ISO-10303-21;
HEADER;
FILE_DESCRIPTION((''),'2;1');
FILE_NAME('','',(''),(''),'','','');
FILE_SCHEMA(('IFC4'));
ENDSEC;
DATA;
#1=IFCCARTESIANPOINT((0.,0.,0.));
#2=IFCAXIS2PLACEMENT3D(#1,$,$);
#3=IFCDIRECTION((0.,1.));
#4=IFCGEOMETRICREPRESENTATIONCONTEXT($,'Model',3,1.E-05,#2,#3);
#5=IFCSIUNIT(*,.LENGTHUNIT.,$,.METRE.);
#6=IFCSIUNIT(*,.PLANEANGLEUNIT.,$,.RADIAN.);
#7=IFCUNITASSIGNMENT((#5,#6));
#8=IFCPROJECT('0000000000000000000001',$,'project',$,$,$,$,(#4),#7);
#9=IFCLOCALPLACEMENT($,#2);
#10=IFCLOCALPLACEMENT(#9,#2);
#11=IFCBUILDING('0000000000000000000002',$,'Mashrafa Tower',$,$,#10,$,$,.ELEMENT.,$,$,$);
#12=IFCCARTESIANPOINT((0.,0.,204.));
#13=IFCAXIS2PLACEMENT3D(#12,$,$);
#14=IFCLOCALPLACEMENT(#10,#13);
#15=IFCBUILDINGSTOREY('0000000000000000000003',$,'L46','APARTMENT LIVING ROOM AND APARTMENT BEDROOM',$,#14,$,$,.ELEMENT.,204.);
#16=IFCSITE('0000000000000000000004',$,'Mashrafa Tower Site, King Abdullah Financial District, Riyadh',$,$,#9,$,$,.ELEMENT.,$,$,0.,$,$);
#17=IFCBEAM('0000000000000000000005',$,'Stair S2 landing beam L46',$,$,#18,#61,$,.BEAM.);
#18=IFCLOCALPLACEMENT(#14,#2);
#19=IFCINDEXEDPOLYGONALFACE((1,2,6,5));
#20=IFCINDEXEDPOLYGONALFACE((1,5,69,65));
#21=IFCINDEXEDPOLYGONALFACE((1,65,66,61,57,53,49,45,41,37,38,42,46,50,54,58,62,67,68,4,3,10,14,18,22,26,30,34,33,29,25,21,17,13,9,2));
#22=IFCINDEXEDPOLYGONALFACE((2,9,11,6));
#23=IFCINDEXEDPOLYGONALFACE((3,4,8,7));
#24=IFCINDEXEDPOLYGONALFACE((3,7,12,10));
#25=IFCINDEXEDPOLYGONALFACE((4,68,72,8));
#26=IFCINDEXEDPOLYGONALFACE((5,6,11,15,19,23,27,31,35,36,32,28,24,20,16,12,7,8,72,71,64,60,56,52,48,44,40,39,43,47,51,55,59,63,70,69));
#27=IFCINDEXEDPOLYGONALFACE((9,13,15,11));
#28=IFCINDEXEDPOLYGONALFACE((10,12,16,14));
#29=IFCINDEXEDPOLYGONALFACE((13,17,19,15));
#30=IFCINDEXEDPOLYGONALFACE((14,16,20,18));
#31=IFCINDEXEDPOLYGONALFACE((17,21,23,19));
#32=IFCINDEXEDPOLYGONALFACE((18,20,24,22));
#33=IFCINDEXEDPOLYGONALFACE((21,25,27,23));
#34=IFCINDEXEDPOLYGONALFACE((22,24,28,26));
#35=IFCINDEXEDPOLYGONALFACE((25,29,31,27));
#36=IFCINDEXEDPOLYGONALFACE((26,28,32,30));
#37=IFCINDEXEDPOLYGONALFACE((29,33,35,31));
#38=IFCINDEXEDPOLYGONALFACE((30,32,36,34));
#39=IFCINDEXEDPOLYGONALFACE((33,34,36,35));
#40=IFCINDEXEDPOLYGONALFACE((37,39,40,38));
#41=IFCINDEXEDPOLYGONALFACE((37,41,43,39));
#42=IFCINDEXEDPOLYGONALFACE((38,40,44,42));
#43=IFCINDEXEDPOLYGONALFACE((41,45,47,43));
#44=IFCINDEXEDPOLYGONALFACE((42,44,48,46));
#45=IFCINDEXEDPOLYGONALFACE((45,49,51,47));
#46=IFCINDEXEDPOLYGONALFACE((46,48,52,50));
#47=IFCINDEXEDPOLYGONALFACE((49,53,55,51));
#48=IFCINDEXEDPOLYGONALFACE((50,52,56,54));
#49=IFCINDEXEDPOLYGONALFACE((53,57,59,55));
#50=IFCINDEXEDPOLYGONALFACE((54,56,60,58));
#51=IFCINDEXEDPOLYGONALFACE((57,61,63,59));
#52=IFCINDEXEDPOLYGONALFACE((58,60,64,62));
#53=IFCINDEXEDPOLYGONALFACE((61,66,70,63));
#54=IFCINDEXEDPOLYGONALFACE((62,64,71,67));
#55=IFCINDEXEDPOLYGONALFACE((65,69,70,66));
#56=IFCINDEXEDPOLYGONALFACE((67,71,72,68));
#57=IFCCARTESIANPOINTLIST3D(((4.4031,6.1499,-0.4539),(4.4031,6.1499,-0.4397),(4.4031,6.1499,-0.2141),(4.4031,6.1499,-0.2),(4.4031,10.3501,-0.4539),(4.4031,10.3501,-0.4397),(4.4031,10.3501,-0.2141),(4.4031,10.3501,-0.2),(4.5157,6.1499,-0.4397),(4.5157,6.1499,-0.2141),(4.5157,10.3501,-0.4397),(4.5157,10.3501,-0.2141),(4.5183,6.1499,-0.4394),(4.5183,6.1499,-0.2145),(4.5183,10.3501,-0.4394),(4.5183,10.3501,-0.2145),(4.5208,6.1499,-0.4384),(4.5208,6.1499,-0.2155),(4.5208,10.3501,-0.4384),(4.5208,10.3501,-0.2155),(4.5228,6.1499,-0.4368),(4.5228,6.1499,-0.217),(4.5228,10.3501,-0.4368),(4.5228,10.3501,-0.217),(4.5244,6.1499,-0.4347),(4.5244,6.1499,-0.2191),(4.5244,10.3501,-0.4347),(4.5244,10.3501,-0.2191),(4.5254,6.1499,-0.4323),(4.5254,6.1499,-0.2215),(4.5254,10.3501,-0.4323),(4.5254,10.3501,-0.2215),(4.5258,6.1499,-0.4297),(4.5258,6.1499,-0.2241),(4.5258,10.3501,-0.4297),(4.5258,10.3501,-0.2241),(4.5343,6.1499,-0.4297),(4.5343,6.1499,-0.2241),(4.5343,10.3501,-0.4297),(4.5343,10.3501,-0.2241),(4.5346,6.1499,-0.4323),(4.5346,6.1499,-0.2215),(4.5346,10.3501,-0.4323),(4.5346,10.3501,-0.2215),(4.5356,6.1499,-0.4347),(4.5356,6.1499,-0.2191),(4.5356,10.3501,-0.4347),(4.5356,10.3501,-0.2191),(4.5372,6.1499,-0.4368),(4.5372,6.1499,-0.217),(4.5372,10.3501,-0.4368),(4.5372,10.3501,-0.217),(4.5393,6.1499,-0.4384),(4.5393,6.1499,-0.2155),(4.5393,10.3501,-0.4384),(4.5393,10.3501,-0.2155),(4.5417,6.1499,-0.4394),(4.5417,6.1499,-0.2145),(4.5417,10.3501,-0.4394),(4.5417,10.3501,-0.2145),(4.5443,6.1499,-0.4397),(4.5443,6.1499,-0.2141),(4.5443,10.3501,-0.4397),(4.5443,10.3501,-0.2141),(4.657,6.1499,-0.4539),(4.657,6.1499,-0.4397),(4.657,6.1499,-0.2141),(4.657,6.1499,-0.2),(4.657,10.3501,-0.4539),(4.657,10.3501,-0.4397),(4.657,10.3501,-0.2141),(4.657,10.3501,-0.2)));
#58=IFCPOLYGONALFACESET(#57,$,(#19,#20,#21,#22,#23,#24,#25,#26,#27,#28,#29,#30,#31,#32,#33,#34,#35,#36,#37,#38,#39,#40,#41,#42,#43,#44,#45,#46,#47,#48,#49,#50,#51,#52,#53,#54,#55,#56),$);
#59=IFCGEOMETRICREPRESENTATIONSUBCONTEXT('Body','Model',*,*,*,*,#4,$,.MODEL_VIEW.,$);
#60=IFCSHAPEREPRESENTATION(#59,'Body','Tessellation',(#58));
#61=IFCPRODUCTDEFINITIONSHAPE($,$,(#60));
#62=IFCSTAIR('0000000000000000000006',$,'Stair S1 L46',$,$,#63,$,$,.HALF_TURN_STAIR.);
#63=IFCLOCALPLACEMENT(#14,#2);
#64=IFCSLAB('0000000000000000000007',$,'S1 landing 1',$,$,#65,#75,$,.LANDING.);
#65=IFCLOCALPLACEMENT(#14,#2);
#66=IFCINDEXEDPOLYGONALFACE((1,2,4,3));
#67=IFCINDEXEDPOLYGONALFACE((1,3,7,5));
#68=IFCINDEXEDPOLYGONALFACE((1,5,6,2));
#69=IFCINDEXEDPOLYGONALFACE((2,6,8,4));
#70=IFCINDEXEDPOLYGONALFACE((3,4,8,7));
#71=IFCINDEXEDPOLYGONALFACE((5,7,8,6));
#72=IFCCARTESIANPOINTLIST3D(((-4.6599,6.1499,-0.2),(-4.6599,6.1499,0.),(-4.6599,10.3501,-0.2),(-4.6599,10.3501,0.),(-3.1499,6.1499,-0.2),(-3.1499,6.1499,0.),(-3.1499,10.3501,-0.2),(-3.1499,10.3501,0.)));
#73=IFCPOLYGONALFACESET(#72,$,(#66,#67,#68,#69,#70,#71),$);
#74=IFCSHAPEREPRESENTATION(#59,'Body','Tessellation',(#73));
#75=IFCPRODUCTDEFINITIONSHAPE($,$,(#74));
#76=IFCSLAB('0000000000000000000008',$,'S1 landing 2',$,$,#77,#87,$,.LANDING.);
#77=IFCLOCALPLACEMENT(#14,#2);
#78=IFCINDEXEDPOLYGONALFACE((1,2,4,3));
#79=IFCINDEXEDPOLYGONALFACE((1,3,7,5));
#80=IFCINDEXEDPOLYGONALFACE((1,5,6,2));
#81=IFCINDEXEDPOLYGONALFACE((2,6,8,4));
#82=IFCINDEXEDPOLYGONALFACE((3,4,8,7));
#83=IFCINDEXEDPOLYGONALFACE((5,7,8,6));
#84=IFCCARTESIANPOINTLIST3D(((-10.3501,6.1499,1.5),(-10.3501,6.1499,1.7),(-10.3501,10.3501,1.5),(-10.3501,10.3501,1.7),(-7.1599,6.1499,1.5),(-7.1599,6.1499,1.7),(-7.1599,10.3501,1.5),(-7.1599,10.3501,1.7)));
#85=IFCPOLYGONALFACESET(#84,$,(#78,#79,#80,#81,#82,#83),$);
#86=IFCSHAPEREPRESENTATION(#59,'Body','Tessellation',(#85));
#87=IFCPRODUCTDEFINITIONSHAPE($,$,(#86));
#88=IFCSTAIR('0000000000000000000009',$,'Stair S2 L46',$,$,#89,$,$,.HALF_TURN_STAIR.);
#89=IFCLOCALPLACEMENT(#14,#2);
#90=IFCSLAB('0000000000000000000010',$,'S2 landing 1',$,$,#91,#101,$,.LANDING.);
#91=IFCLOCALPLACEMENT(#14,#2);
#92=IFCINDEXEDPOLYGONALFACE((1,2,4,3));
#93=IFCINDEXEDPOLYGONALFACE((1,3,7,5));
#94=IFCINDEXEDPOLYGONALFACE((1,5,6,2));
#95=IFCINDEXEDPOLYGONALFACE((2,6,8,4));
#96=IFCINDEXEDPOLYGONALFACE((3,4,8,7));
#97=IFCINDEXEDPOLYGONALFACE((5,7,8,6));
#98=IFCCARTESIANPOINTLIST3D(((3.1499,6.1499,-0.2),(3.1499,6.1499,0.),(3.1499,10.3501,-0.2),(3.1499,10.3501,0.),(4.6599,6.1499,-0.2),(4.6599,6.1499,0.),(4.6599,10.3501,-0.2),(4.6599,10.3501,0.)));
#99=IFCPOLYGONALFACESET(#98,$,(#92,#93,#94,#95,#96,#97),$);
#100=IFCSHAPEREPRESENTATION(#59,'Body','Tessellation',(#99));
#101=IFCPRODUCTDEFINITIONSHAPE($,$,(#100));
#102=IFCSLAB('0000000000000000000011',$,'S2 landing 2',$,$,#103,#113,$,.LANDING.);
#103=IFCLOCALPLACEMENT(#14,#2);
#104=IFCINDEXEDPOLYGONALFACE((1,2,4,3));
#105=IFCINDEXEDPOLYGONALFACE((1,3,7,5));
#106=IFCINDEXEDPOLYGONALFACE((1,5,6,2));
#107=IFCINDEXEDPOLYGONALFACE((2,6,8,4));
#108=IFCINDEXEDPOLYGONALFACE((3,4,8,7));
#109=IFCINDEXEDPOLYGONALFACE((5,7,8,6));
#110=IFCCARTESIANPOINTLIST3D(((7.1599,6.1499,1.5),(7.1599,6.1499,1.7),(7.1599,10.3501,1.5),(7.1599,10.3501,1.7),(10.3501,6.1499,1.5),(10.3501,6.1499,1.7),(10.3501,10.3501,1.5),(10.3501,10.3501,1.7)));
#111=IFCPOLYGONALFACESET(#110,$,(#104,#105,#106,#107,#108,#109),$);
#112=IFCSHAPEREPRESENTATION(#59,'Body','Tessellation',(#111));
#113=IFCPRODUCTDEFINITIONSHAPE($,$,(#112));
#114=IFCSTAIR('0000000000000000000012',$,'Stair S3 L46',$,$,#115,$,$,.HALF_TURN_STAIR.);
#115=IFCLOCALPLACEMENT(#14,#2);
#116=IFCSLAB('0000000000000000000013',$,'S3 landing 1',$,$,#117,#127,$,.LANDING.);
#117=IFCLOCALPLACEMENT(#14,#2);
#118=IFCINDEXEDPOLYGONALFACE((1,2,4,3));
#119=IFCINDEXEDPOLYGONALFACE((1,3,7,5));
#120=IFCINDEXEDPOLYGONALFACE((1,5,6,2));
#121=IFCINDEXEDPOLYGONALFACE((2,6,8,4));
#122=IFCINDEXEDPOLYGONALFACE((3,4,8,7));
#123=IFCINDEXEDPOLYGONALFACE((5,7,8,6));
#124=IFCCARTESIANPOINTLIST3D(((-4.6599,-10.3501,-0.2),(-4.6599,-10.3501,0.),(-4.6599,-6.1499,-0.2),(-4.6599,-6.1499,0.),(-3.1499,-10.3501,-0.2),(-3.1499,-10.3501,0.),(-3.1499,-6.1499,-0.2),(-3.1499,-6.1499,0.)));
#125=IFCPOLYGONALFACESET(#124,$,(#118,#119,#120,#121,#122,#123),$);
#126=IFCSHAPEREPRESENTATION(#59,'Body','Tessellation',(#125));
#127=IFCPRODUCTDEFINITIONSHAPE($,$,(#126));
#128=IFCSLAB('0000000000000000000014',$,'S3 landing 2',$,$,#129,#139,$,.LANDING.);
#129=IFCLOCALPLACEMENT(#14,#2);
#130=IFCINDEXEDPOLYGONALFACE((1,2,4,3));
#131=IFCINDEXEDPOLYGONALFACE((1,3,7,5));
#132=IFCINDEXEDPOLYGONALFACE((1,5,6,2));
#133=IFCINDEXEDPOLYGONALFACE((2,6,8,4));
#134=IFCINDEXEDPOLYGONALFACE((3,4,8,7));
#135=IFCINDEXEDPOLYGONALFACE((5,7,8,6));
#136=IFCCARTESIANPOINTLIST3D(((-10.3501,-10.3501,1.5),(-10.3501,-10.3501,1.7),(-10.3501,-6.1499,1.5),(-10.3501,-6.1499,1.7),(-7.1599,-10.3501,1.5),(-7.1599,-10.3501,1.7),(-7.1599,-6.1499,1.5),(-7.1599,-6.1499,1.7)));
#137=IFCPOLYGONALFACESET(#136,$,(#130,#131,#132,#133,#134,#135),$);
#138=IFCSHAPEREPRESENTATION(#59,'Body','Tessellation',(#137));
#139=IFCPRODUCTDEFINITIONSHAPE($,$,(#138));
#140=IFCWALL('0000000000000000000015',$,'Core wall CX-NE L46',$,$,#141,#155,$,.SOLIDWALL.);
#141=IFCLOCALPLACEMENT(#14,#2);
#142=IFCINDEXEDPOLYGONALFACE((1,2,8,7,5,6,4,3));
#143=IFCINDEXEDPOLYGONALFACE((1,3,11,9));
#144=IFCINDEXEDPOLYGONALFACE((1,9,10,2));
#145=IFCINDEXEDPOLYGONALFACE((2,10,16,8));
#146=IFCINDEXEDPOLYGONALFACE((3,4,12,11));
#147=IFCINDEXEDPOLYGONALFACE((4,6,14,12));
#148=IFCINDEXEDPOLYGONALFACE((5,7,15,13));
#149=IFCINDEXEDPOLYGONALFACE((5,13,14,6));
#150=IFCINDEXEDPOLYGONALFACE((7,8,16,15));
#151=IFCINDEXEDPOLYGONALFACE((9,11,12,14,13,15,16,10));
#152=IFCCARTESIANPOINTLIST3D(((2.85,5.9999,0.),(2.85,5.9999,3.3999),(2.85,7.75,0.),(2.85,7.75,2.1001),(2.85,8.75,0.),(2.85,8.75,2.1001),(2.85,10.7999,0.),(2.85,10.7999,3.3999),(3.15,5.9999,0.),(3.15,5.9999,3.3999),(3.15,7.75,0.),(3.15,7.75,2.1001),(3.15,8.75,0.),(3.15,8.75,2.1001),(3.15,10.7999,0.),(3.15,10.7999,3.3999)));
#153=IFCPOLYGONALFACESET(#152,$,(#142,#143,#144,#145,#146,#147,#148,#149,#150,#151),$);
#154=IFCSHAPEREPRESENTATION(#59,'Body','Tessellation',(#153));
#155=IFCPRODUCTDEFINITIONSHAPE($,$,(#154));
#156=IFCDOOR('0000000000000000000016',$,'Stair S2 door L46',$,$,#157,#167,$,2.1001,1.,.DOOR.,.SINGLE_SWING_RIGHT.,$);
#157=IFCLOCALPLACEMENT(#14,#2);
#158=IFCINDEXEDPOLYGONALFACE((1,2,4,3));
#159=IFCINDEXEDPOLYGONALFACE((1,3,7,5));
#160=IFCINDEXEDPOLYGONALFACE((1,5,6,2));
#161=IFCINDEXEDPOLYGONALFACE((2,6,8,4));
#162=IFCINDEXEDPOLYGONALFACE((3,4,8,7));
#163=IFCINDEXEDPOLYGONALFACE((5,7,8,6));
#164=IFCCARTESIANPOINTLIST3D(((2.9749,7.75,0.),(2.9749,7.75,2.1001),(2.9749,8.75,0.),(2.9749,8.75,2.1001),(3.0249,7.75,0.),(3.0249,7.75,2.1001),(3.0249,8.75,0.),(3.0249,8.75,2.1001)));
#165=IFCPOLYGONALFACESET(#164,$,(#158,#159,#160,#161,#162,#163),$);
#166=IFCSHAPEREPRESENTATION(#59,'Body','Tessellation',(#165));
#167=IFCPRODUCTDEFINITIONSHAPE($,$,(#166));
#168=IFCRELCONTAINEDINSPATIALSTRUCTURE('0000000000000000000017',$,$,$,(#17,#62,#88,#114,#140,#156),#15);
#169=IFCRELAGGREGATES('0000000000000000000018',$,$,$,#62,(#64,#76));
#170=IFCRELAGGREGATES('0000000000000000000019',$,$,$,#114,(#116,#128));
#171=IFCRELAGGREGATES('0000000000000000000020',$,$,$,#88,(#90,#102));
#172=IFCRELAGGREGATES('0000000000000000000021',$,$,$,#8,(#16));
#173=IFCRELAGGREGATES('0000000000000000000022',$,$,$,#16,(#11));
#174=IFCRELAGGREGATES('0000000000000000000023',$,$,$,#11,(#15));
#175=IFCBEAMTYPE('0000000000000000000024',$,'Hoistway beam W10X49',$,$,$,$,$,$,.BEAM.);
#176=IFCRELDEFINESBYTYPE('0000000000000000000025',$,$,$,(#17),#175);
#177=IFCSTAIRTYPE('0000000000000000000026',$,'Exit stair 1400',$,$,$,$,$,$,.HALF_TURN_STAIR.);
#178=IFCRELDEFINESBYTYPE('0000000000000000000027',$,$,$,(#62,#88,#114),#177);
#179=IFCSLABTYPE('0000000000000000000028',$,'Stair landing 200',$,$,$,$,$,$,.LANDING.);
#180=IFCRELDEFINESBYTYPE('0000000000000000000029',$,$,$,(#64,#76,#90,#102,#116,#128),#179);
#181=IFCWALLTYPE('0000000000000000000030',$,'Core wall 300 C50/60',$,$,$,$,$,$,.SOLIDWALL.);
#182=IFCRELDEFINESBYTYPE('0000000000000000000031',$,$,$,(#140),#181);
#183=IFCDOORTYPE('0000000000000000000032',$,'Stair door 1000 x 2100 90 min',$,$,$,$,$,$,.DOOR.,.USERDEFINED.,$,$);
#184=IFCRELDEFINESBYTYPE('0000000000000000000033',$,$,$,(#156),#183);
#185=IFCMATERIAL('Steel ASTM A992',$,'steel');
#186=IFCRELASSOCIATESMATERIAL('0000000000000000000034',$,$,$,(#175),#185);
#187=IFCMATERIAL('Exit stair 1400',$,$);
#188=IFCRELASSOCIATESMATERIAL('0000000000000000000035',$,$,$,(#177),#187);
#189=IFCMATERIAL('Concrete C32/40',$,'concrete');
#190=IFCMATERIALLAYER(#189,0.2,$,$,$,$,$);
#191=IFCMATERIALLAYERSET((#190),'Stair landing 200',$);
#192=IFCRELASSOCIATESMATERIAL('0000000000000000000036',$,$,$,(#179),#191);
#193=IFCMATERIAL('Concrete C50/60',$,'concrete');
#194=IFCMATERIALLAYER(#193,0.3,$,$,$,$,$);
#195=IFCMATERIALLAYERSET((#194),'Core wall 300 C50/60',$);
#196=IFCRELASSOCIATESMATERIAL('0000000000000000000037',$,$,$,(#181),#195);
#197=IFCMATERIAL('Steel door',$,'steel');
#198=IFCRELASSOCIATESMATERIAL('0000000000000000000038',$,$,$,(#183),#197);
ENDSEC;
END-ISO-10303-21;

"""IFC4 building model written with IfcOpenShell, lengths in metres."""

from ifc_helpers import new_model, si_unit, direction, frame, frame_2d, origin, origin_2d, place, context, subcontext, project, spatial, polyline, rectangle, i_section, outline, extrude, material, layer, layer_set, material_profile, profile_set, type_object, element, fill, aggregate, save


model = new_model("IFC4")

# Units and contexts
model_context = context("Model", 3, precision=1e-05, world=origin(), true_north=direction((0.0, 1.0)))
body_context = subcontext(model_context, "Body", "Model", "MODEL_VIEW")
ifc_project = project(units=[si_unit("LENGTHUNIT", "METRE"), si_unit("PLANEANGLEUNIT", "RADIAN")], contexts=[model_context])

# Site, building, storey
site_placement = place(None, origin())
site = spatial("IfcSite", under=ifc_project, at=site_placement, Name="Mashrafa Tower Site, King Abdullah Financial District, Riyadh", CompositionType="ELEMENT", RefElevation=0.0)
building_placement = place(site_placement, origin())
building = spatial("IfcBuilding", under=site, at=building_placement, Name="Mashrafa Tower", CompositionType="ELEMENT")
storey_placement = place(building_placement, frame((0.0, 0.0, 204.0)))
storey = spatial("IfcBuildingStorey", under=building, at=storey_placement, Name="L46", Description="APARTMENT LIVING ROOM AND APARTMENT BEDROOM", CompositionType="ELEMENT", Elevation=204.0)

# Beam
ifc_material_1 = material(Name="Steel ASTM A992", Category="steel")
ifc_material_profile_1 = material_profile(ifc_material_1, i_section(OverallWidth=0.2539, OverallDepth=0.2539, WebThickness=0.0085, FlangeThickness=0.0142, FilletRadius=0.01, at=origin_2d()), Name="W10X49")
ifc_profile_set_1 = profile_set([ifc_material_profile_1], Name="Steel ASTM A992")
beam_type_1 = type_object("IfcBeamType", Name="Hoistway beam W10X49", PredefinedType="BEAM", material=ifc_profile_set_1)
beam_1_placement = place(storey_placement, frame((4.53, 6.1499, -0.3269), z_axis=(0.0, 1.0, 0.0), x_axis=(-1.0, 0.0, 0.0)))
element("IfcBeam", 1, at=beam_1_placement, inside=storey, type_object=beam_type_1, Name="Stair S2 landing beam L46", PredefinedType="BEAM", context=body_context, shape_type="SweptSolid", body=[
    extrude(i_section(OverallWidth=0.2539, OverallDepth=0.2539, WebThickness=0.0085, FlangeThickness=0.0142, FilletRadius=0.01, at=origin_2d()), origin(), (0.0, 0.0, 1.0), 4.2002),
])

# Stairs, slabs
ifc_material_2 = material(Name="Exit stair 1400")
stair_type = type_object("IfcStairType", Name="Exit stair 1400", PredefinedType="HALF_TURN_STAIR", material=ifc_material_2)
stair_1_placement = place(storey_placement, origin())
stair_1 = element("IfcStair", 2, at=stair_1_placement, inside=storey, type_object=stair_type, Name="Stair S1 L46", PredefinedType="HALF_TURN_STAIR")
ifc_material_3 = material(Name="Concrete C32/40", Category="concrete")
ifc_layer_1 = layer(ifc_material_3, 0.2)
ifc_layer_set_1 = layer_set([ifc_layer_1], Name="Stair landing 200")
slab_type = type_object("IfcSlabType", Name="Stair landing 200", PredefinedType="LANDING", material=ifc_layer_set_1)
slab_1_placement = place(storey_placement, frame((0.0, 0.0, -0.2)))
slab_1 = element("IfcSlab", 3, at=slab_1_placement, type_object=slab_type, Name="S1 landing 1", PredefinedType="LANDING", context=body_context, shape_type="SweptSolid", body=[
    extrude(outline(polyline([(-4.6599, 6.1499), (-3.1499, 6.1499), (-3.1499, 10.3501), (-4.6599, 10.3501), (-4.6599, 6.1499)])), origin(), (0.0, 0.0, 1.0), 0.2),
])
slab_2_placement = place(storey_placement, frame((0.0, 0.0, 1.5)))
slab_2 = element("IfcSlab", 4, at=slab_2_placement, type_object=slab_type, Name="S1 landing 2", PredefinedType="LANDING", context=body_context, shape_type="SweptSolid", body=[
    extrude(outline(polyline([(-10.3501, 6.1499), (-7.1599, 6.1499), (-7.1599, 10.3501), (-10.3501, 10.3501), (-10.3501, 6.1499)])), origin(), (0.0, 0.0, 1.0), 0.2),
])
aggregate(stair_1, [slab_1, slab_2])
stair_2_placement = place(storey_placement, origin())
stair_2 = element("IfcStair", 5, at=stair_2_placement, inside=storey, type_object=stair_type, Name="Stair S2 L46", PredefinedType="HALF_TURN_STAIR")
slab_3_placement = place(storey_placement, frame((0.0, 0.0, -0.2)))
slab_3 = element("IfcSlab", 6, at=slab_3_placement, type_object=slab_type, Name="S2 landing 1", PredefinedType="LANDING", context=body_context, shape_type="SweptSolid", body=[
    extrude(outline(polyline([(3.1499, 6.1499), (4.6599, 6.1499), (4.6599, 10.3501), (3.1499, 10.3501), (3.1499, 6.1499)])), origin(), (0.0, 0.0, 1.0), 0.2),
])
slab_4_placement = place(storey_placement, frame((0.0, 0.0, 1.5)))
slab_4 = element("IfcSlab", 7, at=slab_4_placement, type_object=slab_type, Name="S2 landing 2", PredefinedType="LANDING", context=body_context, shape_type="SweptSolid", body=[
    extrude(outline(polyline([(7.1599, 6.1499), (10.3501, 6.1499), (10.3501, 10.3501), (7.1599, 10.3501), (7.1599, 6.1499)])), origin(), (0.0, 0.0, 1.0), 0.2),
])
stair_3_placement = place(storey_placement, origin())
stair_3 = element("IfcStair", 8, at=stair_3_placement, inside=storey, type_object=stair_type, Name="Stair S3 L46", PredefinedType="HALF_TURN_STAIR")
slab_5_placement = place(storey_placement, frame((0.0, 0.0, -0.2)))
slab_5 = element("IfcSlab", 9, at=slab_5_placement, type_object=slab_type, Name="S3 landing 1", PredefinedType="LANDING", context=body_context, shape_type="SweptSolid", body=[
    extrude(outline(polyline([(-4.6599, -10.3501), (-3.1499, -10.3501), (-3.1499, -6.1499), (-4.6599, -6.1499), (-4.6599, -10.3501)])), origin(), (0.0, 0.0, 1.0), 0.2),
])
slab_6_placement = place(storey_placement, frame((0.0, 0.0, 1.5)))
slab_6 = element("IfcSlab", 10, at=slab_6_placement, type_object=slab_type, Name="S3 landing 2", PredefinedType="LANDING", context=body_context, shape_type="SweptSolid", body=[
    extrude(outline(polyline([(-10.3501, -10.3501), (-7.1599, -10.3501), (-7.1599, -6.1499), (-10.3501, -6.1499), (-10.3501, -10.3501)])), origin(), (0.0, 0.0, 1.0), 0.2),
])
aggregate(stair_3, [slab_5, slab_6])

# Wall, opening, door
ifc_material_4 = material(Name="Concrete C50/60", Category="concrete")
ifc_layer_2 = layer(ifc_material_4, 0.3)
ifc_layer_set_2 = layer_set([ifc_layer_2], Name="Core wall 300 C50/60")
wall_type_1 = type_object("IfcWallType", Name="Core wall 300 C50/60", PredefinedType="SOLIDWALL", material=ifc_layer_set_2)
wall_1_placement = place(storey_placement, frame((3.0, 6.0, 0.0), z_axis=(0.0, 0.0, 1.0), x_axis=(0.0, 1.0, 0.0)))
wall_1 = element("IfcWall", 11, at=wall_1_placement, inside=storey, type_object=wall_type_1, Name="Core wall CX-NE L46", PredefinedType="SOLIDWALL", context=body_context, shape_type="SweptSolid", body=[
    extrude(rectangle(XDim=4.8, YDim=0.3, at=frame_2d((2.3999, 0.0))), origin(), (0.0, 0.0, 1.0), 3.3999),
])
opening_1_placement = place(wall_1_placement, frame((1.75, 0.0, 0.0)))
opening_1 = element("IfcOpeningElement", 12, at=opening_1_placement, cuts=wall_1, PredefinedType="OPENING", context=body_context, shape_type="SweptSolid", body=[
    extrude(rectangle(XDim=1.0, YDim=2.1001, at=frame_2d((0.5, 1.05))), frame((0.0, 0.1599, 0.0), z_axis=(0.0, -1.0, 0.0), x_axis=(1.0, 0.0, 0.0)), (0.0, 0.0, 1.0), 0.3201),
])
ifc_material_5 = material(Name="Steel door", Category="steel")
door_type_1 = type_object("IfcDoorType", Name="Stair door 1000 x 2100 90 min", OperationType="USERDEFINED", PredefinedType="DOOR", material=ifc_material_5)
door_1_placement = place(opening_1_placement, frame((1.0, 0.0, 0.0), z_axis=(0.0, 0.0, 1.0), x_axis=(-1.0, 0.0, 0.0)))
door_1 = element("IfcDoor", 13, at=door_1_placement, inside=storey, type_object=door_type_1, Name="Stair S2 door L46", OperationType="SINGLE_SWING_RIGHT", OverallHeight=2.1001, OverallWidth=1.0, PredefinedType="DOOR", context=body_context, shape_type="SweptSolid", body=[
    extrude(rectangle(XDim=1.0, YDim=2.1001, at=frame_2d((0.5, 1.05))), frame((0.0, 0.0249, 0.0), z_axis=(0.0, -1.0, 0.0), x_axis=(1.0, 0.0, 0.0)), (0.0, 0.0, 1.0), 0.05),
])
fill(opening_1, door_1)

aggregate(stair_2, [slab_3, slab_4])

save(model, "model.ifc")
